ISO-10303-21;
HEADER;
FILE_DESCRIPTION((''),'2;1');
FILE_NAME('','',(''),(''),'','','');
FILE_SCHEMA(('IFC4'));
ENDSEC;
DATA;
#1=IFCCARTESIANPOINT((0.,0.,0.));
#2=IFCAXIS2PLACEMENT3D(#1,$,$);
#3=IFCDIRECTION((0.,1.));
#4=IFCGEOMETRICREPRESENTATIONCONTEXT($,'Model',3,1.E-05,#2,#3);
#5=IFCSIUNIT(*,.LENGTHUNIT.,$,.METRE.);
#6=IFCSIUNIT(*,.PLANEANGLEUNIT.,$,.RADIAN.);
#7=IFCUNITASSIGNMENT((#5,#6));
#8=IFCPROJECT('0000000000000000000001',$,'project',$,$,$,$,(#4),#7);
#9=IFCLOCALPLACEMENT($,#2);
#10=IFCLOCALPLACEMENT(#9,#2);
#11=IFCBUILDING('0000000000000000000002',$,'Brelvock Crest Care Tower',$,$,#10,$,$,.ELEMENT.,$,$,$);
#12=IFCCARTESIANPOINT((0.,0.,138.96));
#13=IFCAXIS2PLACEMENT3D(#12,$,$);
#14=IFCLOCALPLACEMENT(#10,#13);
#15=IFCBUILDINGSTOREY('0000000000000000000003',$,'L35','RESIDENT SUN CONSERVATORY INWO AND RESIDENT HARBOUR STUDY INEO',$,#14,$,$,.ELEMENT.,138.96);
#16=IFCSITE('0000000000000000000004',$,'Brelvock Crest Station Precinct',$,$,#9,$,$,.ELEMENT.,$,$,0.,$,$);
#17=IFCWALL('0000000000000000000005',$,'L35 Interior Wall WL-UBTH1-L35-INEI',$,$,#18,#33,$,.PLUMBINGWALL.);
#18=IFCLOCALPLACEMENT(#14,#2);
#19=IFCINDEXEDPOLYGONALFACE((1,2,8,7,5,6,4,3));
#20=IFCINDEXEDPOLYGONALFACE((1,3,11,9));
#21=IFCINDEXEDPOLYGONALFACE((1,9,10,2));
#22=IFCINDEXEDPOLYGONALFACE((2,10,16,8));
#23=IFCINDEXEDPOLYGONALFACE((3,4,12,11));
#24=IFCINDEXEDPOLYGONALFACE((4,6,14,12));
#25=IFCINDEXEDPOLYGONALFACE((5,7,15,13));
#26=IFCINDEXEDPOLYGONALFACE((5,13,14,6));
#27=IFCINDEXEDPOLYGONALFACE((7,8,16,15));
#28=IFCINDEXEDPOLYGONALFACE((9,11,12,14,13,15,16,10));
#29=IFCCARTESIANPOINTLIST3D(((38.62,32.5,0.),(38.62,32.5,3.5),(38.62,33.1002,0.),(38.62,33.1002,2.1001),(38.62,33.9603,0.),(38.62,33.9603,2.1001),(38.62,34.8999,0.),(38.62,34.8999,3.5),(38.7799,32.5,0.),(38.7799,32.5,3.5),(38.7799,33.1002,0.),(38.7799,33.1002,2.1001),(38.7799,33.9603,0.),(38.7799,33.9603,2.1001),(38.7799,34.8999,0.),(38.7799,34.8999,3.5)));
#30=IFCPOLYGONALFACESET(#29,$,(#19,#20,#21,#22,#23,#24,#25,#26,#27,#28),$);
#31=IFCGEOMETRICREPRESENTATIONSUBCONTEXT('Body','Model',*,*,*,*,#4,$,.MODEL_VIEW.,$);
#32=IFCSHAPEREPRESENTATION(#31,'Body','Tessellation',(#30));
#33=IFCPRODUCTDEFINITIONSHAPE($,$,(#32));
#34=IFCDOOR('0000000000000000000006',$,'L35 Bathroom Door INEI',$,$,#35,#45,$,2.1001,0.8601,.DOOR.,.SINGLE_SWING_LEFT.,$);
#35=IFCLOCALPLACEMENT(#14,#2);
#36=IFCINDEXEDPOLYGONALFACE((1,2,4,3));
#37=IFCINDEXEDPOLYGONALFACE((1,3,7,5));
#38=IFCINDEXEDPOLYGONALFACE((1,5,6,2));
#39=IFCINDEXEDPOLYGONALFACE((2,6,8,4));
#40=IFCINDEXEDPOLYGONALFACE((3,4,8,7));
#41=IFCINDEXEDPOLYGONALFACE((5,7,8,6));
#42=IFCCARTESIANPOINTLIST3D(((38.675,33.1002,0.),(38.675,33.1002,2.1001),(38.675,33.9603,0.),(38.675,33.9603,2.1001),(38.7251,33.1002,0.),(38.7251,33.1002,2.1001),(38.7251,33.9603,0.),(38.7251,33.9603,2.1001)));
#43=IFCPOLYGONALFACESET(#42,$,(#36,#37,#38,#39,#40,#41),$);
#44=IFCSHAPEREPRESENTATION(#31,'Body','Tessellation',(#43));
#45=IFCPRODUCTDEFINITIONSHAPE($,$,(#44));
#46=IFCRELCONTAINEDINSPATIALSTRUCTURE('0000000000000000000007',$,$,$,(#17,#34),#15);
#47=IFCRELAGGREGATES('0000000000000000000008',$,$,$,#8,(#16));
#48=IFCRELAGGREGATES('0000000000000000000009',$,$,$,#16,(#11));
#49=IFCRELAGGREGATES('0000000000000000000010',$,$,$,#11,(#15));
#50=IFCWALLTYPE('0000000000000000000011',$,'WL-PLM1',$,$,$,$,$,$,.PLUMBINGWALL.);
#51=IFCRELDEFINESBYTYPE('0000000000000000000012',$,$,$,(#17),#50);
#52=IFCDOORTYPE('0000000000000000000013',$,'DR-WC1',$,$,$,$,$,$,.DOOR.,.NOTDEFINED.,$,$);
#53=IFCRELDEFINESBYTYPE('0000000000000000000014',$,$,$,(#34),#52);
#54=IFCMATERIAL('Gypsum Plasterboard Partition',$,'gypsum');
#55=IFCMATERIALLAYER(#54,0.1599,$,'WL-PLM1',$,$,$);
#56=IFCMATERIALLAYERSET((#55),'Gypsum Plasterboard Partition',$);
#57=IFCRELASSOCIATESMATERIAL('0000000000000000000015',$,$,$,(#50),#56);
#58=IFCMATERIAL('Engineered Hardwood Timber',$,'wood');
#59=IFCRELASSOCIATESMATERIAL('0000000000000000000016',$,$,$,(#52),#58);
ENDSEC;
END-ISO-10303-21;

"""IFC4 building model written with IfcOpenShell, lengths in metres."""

from ifc_helpers import new_model, si_unit, direction, frame, frame_2d, origin, origin_2d, place, context, subcontext, project, spatial, rectangle, extrude, source, transform, mapped, material, layer, layer_set, type_object, element, fill, save


model = new_model("IFC4")

# Units and contexts
model_context = context("Model", 3, precision=1e-05, world=origin(), true_north=direction((0.0, 1.0)))
body_context = subcontext(model_context, "Body", "Model", "MODEL_VIEW")
ifc_project = project(units=[si_unit("LENGTHUNIT", "METRE"), si_unit("PLANEANGLEUNIT", "RADIAN")], contexts=[model_context])

# Site, building, storey
site_placement = place(None, origin())
site = spatial("IfcSite", under=ifc_project, at=site_placement, Name="Brelvock Crest Station Precinct", CompositionType="ELEMENT", RefElevation=0.0)
building_placement = place(site_placement, origin())
building = spatial("IfcBuilding", under=site, at=building_placement, Name="Brelvock Crest Care Tower", CompositionType="ELEMENT")
storey_placement = place(building_placement, frame((0.0, 0.0, 138.96)))
storey = spatial("IfcBuildingStorey", under=building, at=storey_placement, Name="L35", Description="RESIDENT SUN CONSERVATORY INWO AND RESIDENT HARBOUR STUDY INEO", CompositionType="ELEMENT", Elevation=138.96)

# Shared definitions
ifc_material_1 = material(Name="Engineered Hardwood Timber", Category="wood")

# Shared definitions
ifc_material_2 = material(Name="Gypsum Plasterboard Partition", Category="gypsum")
ifc_layer_1 = layer(ifc_material_2, 0.1599, Name="WL-PLM1")
ifc_layer_set_1 = layer_set([ifc_layer_1], Name="Gypsum Plasterboard Partition")
wall_type_1 = type_object("IfcWallType", Name="WL-PLM1", PredefinedType="PLUMBINGWALL", material=ifc_layer_set_1)

# Wall, opening, door
wall_1_placement = place(storey_placement, frame((38.7, 32.5, 0.0), z_axis=(0.0, 0.0, 1.0), x_axis=(0.0, 1.0, 0.0)))
wall_1 = element("IfcWall", 1, at=wall_1_placement, inside=storey, type_object=wall_type_1, Name="L35 Interior Wall WL-UBTH1-L35-INEI", PredefinedType="PLUMBINGWALL", context=body_context, shape_type="SweptSolid", body=[
    extrude(rectangle(XDim=2.3999, YDim=0.1599, at=frame_2d((1.2, 0.0))), origin(), (0.0, 0.0, 1.0), 3.5),
])
opening_1_placement = place(wall_1_placement, frame((0.6001, 0.0, 0.0)))
opening_1 = element("IfcOpeningElement", 2, at=opening_1_placement, cuts=wall_1, PredefinedType="OPENING", context=body_context, shape_type="SweptSolid", body=[
    extrude(rectangle(XDim=0.8601, YDim=2.1001, at=origin_2d()), frame((0.4302, 0.0898, 1.05), z_axis=(0.0, -1.0, 0.0), x_axis=(1.0, 0.0, 0.0)), (0.0, 0.0, 1.0), 0.1799),
])
door_type_1 = type_object("IfcDoorType", Name="DR-WC1", OperationType="NOTDEFINED", PredefinedType="DOOR", material=ifc_material_1)
shared_shape_1 = source(origin(), body_context, "Body", "SweptSolid", [
    extrude(rectangle(XDim=0.8601, YDim=2.1001, at=origin_2d()), frame((0.4302, 0.0249, 1.05), z_axis=(0.0, -1.0, 0.0), x_axis=(1.0, 0.0, 0.0)), (0.0, 0.0, 1.0), 0.05),
])
door_1_placement = place(opening_1_placement, origin())
door_1 = element("IfcDoor", 3, at=door_1_placement, inside=storey, type_object=door_type_1, Name="L35 Bathroom Door INEI", OperationType="SINGLE_SWING_LEFT", OverallHeight=2.1001, OverallWidth=0.8601, PredefinedType="DOOR", context=body_context, shape_type="MappedRepresentation", body=[
    mapped(shared_shape_1, transform((0.0, 0.0, 0.0), x_axis=(1.0, 0.0, 0.0), y_axis=(0.0, 1.0, 0.0), z_axis=(0.0, 0.0, 1.0), scale=1.0)),
])
fill(opening_1, door_1)

save(model, "model.ifc")
